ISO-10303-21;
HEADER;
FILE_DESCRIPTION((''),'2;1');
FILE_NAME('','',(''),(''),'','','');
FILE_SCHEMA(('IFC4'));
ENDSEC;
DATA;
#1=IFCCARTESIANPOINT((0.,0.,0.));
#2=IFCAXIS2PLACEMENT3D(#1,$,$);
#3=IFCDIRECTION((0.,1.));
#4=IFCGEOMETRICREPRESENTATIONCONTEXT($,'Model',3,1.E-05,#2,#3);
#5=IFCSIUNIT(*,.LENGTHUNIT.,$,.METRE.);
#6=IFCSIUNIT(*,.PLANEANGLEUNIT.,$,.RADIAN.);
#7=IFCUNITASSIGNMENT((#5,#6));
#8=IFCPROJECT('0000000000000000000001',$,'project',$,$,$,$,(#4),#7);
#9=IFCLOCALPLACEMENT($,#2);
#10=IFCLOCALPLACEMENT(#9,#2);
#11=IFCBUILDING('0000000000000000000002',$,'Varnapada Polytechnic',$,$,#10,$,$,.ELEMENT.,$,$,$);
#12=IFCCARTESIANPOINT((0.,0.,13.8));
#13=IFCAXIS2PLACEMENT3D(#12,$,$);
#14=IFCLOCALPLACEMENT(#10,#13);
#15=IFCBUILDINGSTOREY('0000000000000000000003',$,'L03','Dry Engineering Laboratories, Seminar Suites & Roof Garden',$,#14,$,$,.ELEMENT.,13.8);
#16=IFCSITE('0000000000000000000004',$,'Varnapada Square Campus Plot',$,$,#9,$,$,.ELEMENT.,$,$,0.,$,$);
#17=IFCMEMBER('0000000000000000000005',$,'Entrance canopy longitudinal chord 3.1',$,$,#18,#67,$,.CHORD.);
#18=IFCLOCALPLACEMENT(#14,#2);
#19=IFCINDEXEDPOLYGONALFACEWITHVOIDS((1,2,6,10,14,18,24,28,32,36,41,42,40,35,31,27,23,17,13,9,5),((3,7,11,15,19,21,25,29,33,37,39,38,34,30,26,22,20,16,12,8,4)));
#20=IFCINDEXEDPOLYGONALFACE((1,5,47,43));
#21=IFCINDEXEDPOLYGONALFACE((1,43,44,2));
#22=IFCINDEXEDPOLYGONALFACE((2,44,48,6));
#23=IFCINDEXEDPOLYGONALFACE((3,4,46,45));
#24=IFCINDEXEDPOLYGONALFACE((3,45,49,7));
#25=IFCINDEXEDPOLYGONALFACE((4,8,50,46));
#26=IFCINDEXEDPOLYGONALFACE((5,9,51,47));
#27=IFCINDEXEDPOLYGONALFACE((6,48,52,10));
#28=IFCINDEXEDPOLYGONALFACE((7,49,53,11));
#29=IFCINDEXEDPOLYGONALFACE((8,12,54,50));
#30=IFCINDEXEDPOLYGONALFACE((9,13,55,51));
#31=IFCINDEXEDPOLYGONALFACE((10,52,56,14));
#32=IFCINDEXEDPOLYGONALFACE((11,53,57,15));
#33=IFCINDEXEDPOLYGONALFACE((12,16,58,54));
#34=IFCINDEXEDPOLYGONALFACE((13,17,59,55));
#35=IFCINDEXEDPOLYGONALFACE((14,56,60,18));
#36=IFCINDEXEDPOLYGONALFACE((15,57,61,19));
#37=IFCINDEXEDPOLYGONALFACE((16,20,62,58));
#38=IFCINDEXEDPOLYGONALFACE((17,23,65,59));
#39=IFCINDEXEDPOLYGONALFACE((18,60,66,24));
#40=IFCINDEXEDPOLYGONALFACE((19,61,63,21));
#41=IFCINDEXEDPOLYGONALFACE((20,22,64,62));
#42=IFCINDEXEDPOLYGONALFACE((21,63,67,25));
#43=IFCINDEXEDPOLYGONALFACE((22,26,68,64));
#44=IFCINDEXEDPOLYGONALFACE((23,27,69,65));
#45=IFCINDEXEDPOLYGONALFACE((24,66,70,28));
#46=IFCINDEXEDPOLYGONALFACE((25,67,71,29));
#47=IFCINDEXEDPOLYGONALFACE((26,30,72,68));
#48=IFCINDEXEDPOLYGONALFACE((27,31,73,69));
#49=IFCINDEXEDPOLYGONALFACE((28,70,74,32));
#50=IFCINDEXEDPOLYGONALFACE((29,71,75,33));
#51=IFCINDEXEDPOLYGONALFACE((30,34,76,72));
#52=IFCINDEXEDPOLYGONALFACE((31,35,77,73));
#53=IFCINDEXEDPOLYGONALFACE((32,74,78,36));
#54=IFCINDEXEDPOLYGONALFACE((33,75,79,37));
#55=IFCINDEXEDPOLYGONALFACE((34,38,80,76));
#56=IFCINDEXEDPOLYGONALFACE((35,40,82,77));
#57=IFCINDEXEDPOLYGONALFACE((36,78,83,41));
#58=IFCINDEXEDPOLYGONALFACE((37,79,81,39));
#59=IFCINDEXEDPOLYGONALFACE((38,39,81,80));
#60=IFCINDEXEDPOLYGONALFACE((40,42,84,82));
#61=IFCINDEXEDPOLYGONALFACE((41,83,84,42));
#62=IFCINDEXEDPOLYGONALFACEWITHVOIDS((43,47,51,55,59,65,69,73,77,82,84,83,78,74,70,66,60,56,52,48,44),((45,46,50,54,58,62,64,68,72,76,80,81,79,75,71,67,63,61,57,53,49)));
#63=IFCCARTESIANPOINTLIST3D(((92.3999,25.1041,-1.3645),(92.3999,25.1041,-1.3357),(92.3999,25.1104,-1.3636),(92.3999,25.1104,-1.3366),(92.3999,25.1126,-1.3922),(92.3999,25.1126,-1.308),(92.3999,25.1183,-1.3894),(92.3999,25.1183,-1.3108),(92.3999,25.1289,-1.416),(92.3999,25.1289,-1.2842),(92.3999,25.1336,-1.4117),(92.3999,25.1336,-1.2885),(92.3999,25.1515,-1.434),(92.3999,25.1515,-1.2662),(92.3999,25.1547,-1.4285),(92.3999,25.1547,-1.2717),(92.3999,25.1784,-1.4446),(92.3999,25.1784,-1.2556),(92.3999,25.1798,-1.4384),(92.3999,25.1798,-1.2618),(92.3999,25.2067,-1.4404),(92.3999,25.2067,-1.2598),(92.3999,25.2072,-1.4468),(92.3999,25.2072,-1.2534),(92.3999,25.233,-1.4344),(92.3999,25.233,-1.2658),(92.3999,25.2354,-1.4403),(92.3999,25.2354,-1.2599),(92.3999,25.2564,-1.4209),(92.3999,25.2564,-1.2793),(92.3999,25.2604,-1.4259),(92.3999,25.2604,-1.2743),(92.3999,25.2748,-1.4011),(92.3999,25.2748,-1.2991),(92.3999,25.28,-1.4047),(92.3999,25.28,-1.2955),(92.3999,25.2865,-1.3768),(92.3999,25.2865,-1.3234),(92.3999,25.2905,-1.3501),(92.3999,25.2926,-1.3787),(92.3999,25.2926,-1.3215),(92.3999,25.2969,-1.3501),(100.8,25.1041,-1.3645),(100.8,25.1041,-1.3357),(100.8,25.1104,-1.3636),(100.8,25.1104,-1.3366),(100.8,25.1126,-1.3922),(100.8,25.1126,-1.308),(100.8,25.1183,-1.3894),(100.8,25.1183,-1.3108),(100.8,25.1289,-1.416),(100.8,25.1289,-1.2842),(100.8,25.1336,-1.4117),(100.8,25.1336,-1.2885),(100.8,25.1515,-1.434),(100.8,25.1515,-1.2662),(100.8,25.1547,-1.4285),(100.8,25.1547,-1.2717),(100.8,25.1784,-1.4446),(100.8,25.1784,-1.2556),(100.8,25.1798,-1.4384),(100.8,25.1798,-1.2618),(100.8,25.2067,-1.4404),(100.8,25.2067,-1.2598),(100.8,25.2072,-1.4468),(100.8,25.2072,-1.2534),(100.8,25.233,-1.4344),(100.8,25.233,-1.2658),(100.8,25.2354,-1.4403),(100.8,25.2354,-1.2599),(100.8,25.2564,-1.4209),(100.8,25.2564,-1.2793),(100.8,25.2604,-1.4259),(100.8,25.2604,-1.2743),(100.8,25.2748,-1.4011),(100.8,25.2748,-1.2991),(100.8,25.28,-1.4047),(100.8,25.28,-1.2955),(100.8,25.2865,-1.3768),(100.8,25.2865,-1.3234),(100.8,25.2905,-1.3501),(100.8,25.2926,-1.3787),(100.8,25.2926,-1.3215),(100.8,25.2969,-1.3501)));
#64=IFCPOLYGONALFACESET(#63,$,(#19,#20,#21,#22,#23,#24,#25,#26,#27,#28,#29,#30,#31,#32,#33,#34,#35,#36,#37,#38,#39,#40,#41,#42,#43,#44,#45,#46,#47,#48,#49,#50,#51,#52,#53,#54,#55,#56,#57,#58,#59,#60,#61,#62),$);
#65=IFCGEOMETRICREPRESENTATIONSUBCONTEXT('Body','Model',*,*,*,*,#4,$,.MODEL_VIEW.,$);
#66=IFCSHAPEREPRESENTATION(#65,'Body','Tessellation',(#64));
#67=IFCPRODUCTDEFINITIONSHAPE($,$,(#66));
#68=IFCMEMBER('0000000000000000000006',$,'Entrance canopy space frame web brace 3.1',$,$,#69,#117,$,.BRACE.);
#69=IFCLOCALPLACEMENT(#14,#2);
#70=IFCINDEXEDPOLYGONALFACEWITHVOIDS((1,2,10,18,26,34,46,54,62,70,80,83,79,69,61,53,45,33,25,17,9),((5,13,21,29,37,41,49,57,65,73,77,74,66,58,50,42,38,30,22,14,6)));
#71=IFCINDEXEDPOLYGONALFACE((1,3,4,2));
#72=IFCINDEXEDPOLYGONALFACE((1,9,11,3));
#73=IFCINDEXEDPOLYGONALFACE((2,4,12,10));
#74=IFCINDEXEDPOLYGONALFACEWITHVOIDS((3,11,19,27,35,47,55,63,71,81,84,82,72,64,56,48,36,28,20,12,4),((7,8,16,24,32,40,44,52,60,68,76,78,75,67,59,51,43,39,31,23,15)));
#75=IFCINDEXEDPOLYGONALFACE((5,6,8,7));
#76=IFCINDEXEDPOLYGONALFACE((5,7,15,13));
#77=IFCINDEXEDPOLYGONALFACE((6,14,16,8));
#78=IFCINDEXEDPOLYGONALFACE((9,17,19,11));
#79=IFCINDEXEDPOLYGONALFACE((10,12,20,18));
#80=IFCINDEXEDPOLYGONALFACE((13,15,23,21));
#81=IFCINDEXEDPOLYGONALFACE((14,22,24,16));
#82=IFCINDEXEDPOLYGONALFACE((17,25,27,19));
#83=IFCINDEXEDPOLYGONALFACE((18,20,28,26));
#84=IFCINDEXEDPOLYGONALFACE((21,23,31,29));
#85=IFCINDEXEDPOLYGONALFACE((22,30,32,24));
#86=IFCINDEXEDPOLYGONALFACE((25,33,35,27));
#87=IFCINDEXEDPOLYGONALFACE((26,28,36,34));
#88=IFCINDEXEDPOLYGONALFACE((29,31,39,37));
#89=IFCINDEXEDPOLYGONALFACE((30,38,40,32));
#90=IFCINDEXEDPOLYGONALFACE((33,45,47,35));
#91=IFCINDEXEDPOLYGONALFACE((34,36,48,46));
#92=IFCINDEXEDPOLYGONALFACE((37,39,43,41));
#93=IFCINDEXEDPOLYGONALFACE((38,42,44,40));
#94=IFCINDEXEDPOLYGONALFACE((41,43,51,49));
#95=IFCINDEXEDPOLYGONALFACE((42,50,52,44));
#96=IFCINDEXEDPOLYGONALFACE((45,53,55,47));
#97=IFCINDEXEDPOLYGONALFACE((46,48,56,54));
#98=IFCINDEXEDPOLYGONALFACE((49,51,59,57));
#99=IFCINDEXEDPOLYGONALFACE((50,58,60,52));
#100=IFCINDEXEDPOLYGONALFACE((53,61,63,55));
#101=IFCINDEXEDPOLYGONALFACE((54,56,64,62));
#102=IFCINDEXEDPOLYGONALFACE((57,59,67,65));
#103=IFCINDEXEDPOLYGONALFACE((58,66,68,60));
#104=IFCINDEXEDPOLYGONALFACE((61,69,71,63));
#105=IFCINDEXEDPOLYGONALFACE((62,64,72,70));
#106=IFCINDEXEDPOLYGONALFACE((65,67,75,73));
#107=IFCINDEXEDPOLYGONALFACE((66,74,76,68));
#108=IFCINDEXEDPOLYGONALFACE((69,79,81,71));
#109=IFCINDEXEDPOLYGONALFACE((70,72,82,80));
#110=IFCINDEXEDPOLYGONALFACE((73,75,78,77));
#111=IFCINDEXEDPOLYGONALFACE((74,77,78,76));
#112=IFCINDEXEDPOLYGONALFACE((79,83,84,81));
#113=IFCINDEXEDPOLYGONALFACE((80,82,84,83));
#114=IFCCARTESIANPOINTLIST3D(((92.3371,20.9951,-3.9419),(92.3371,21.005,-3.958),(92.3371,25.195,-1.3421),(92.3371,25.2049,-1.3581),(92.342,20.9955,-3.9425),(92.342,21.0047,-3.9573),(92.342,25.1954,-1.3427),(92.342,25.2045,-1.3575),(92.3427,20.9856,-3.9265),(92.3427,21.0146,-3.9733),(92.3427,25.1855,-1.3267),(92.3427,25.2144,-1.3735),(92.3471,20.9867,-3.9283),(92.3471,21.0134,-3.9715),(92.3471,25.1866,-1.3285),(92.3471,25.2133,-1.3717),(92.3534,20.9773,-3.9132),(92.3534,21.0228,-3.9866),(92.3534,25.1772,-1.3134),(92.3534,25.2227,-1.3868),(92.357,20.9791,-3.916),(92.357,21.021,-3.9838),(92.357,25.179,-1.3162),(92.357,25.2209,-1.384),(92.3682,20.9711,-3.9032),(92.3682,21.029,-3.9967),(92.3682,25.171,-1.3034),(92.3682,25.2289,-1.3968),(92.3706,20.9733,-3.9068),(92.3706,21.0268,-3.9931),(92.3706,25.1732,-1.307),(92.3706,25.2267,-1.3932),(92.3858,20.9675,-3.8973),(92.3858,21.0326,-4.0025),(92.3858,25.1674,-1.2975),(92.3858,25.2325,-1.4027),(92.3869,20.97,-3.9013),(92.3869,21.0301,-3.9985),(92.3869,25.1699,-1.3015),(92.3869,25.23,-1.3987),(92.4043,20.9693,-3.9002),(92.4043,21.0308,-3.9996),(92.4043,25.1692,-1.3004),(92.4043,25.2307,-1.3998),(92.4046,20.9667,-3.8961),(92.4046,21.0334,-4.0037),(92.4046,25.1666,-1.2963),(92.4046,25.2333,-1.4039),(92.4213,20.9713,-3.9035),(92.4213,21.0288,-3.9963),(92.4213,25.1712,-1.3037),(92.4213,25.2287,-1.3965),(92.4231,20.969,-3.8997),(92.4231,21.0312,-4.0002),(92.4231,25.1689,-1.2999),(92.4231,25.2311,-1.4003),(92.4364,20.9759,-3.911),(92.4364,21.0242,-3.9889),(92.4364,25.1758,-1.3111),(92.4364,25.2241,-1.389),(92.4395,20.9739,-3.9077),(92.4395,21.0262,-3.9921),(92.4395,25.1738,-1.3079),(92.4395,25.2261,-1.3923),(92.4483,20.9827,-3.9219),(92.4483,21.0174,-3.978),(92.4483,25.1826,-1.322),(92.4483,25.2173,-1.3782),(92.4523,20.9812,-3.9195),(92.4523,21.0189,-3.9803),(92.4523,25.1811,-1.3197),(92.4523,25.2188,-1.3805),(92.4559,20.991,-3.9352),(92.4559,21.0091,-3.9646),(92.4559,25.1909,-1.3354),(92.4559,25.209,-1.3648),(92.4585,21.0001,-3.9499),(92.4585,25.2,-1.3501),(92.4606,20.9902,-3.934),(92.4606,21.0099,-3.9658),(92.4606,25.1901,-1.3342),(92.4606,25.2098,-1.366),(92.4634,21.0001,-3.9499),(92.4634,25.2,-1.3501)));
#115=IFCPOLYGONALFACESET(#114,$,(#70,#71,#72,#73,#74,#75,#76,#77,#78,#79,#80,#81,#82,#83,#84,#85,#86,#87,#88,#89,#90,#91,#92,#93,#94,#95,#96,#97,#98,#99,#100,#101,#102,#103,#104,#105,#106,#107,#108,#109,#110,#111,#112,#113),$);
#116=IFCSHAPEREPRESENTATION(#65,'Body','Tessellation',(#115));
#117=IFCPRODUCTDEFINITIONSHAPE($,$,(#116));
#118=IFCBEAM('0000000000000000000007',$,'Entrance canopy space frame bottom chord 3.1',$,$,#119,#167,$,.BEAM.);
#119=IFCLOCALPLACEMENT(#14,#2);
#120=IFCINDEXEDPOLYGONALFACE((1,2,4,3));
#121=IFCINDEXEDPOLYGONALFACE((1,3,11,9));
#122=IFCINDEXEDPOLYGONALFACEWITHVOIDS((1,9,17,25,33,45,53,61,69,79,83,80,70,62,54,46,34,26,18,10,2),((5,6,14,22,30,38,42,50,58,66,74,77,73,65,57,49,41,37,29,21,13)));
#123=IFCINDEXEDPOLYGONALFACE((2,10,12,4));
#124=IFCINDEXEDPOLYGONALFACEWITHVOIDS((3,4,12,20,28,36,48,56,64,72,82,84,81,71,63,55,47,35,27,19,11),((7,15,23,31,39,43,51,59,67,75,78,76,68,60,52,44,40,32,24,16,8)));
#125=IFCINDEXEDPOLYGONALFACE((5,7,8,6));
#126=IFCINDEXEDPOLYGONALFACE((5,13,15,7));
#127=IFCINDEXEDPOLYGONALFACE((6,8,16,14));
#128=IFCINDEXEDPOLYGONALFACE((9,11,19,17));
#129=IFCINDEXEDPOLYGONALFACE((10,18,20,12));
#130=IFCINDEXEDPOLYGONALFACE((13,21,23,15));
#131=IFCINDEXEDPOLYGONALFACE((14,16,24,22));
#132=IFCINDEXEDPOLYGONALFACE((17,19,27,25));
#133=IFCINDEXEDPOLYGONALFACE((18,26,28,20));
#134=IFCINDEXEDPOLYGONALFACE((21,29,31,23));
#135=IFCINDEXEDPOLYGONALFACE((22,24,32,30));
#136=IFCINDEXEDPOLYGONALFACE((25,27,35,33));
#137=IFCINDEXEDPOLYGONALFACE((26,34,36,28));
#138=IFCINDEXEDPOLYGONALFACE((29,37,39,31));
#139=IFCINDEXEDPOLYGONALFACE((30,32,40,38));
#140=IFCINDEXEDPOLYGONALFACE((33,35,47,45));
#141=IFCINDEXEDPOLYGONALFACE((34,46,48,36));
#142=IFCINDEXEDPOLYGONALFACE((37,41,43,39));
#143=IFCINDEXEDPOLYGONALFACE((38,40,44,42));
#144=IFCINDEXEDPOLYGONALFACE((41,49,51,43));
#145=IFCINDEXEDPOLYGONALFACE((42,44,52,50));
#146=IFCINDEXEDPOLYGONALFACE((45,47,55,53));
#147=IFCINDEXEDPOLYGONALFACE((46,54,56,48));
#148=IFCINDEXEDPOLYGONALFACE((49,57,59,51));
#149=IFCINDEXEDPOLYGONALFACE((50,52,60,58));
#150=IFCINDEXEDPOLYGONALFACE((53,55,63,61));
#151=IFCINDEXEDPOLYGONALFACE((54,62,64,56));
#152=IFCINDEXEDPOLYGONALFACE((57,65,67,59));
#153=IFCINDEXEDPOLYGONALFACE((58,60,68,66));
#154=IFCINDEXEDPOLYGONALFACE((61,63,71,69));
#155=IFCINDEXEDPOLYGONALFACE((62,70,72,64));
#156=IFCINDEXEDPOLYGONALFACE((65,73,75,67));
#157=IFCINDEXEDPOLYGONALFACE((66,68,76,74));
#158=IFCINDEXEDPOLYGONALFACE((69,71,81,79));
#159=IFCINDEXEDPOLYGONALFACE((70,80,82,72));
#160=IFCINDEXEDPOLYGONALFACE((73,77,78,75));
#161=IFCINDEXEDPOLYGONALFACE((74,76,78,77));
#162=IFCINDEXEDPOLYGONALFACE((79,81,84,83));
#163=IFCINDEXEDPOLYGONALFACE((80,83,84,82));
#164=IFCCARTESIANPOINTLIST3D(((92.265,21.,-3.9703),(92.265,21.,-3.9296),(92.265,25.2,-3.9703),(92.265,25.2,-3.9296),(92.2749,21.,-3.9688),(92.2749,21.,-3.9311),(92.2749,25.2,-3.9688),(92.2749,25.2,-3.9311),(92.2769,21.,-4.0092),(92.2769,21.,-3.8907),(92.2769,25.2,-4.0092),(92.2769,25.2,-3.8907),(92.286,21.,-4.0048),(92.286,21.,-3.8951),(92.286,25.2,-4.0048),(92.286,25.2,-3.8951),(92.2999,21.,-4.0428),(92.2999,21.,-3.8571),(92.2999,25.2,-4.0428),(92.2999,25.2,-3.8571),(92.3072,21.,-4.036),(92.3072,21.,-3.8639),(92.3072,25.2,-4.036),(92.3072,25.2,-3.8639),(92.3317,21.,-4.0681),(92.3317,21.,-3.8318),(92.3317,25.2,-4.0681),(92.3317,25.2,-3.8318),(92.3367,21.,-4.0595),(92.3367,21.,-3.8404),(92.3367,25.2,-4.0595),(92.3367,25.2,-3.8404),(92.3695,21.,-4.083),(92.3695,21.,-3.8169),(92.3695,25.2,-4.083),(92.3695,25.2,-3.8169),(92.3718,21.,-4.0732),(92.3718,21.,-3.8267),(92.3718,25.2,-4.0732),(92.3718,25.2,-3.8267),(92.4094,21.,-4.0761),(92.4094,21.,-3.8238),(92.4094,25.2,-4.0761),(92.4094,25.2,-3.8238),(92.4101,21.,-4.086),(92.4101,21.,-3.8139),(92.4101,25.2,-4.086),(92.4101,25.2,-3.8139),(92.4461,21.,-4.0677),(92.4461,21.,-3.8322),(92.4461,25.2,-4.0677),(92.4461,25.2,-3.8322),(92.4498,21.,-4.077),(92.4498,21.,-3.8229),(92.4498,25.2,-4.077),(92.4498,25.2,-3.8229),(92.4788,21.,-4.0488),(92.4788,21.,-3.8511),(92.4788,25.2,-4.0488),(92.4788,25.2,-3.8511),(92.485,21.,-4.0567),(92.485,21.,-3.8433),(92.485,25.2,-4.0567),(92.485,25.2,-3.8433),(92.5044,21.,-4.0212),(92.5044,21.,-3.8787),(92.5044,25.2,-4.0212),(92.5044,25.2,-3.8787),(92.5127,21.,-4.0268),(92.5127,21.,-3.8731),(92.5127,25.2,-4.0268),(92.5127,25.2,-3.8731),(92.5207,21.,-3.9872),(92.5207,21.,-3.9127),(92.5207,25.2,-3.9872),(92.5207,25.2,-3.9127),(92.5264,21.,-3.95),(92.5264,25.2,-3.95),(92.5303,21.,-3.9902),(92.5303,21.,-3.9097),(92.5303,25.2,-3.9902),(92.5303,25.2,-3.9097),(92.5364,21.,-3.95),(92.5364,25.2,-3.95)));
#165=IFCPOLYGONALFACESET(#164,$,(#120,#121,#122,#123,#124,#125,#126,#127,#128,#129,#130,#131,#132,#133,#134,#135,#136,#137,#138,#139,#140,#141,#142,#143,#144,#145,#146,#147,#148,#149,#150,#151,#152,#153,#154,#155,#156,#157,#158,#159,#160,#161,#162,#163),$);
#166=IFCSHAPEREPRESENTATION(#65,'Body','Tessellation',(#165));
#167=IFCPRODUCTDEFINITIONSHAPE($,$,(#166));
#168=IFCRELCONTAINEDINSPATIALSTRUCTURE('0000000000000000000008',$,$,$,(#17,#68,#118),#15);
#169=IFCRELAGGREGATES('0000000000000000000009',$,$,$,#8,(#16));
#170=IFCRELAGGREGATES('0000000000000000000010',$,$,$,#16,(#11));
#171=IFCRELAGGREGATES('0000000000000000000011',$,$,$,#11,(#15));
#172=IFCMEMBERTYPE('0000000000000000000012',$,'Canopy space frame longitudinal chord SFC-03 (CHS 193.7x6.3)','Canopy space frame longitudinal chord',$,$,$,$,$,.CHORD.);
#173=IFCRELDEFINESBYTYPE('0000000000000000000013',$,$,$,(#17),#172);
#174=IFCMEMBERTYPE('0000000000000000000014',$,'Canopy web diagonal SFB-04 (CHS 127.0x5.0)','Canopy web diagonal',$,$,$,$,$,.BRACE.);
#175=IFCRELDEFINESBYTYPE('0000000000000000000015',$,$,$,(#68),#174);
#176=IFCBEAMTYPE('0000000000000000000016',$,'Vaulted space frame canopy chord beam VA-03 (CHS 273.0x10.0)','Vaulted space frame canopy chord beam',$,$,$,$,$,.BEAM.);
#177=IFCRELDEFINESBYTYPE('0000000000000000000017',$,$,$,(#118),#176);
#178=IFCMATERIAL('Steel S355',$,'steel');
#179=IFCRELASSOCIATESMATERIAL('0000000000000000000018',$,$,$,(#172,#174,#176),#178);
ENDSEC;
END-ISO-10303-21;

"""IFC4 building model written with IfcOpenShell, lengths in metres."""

from ifc_helpers import new_model, si_unit, direction, frame, origin, origin_2d, place, context, subcontext, project, spatial, hollow_circle, extrude, material, material_profile, profile_set, type_object, element, save


model = new_model("IFC4")

# Units and contexts
model_context = context("Model", 3, precision=1e-05, world=origin(), true_north=direction((0.0, 1.0)))
body_context = subcontext(model_context, "Body", "Model", "MODEL_VIEW")
ifc_project = project(units=[si_unit("LENGTHUNIT", "METRE"), si_unit("PLANEANGLEUNIT", "RADIAN")], contexts=[model_context])

# Site, building, storey
site_placement = place(None, origin())
site = spatial("IfcSite", under=ifc_project, at=site_placement, Name="Varnapada Square Campus Plot", CompositionType="ELEMENT", RefElevation=0.0)
building_placement = place(site_placement, origin())
building = spatial("IfcBuilding", under=site, at=building_placement, Name="Varnapada Polytechnic", CompositionType="ELEMENT")
storey_placement = place(building_placement, frame((0.0, 0.0, 13.8)))
storey = spatial("IfcBuildingStorey", under=building, at=storey_placement, Name="L03", Description="Dry Engineering Laboratories, Seminar Suites & Roof Garden", CompositionType="ELEMENT", Elevation=13.8)

# Members
ifc_material_1 = material(Name="Steel S355", Category="steel")
ifc_material_profile_1 = material_profile(ifc_material_1, hollow_circle(Radius=0.0969, WallThickness=0.0063, at=origin_2d()), Name="CHS 193.7x6.3")
ifc_profile_set_1 = profile_set([ifc_material_profile_1], Name="Steel S355")
member_type_1 = type_object("IfcMemberType", Name="Canopy space frame longitudinal chord SFC-03 (CHS 193.7x6.3)", Description="Canopy space frame longitudinal chord", PredefinedType="CHORD", material=ifc_profile_set_1)
member_1_placement = place(storey_placement, frame((92.3999, 25.2, -1.3501), z_axis=(1.0, 0.0, 0.0), x_axis=(0.0, 1.0, 0.0)))
element("IfcMember", 1, at=member_1_placement, inside=storey, type_object=member_type_1, Name="Entrance canopy longitudinal chord 3.1", PredefinedType="CHORD", context=body_context, shape_type="SweptSolid", body=[
    extrude(hollow_circle(Radius=0.0969, WallThickness=0.0063, at=origin_2d()), origin(), (0.0, 0.0, 1.0), 8.4001),
])
ifc_material_profile_2 = material_profile(ifc_material_1, hollow_circle(Radius=0.0635, WallThickness=0.0049, at=origin_2d()), Name="CHS 127.0x5.0")
ifc_profile_set_2 = profile_set([ifc_material_profile_2], Name="Steel S355")
member_type_2 = type_object("IfcMemberType", Name="Canopy web diagonal SFB-04 (CHS 127.0x5.0)", Description="Canopy web diagonal", PredefinedType="BRACE", material=ifc_profile_set_2)
member_2_placement = place(storey_placement, frame((92.3999, 25.2, -1.3501), z_axis=(0.0, -0.850276, -0.526338), x_axis=(1.0, 0.0, 0.0)))
element("IfcMember", 2, at=member_2_placement, inside=storey, type_object=member_type_2, Name="Entrance canopy space frame web brace 3.1", PredefinedType="BRACE", context=body_context, shape_type="SweptSolid", body=[
    extrude(hollow_circle(Radius=0.0635, WallThickness=0.0049, at=origin_2d()), origin(), (0.0, 0.0, 1.0), 4.9395),
])

# Beam
ifc_material_profile_3 = material_profile(ifc_material_1, hollow_circle(Radius=0.1365, WallThickness=0.01, at=origin_2d()), Name="CHS 273.0x10.0")
ifc_profile_set_3 = profile_set([ifc_material_profile_3], Name="Steel S355")
beam_type = type_object("IfcBeamType", Name="Vaulted space frame canopy chord beam VA-03 (CHS 273.0x10.0)", Description="Vaulted space frame canopy chord beam", PredefinedType="BEAM", material=ifc_profile_set_3)
for number, where, z_axis, x_axis, name in (
    (3, (92.3999, 25.2, -3.95), (0.0, -1.0, 0.0), (1.0, 0.0, 0.0), "Entrance canopy space frame bottom chord 3.1"),
):
    element("IfcBeam", number, at=place(storey_placement, frame(where, z_axis=z_axis, x_axis=x_axis)), inside=storey, type_object=beam_type, Name=name, PredefinedType="BEAM", context=body_context, shape_type="SweptSolid", body=[
        extrude(hollow_circle(Radius=0.1365, WallThickness=0.01, at=origin_2d()), origin(), (0.0, 0.0, 1.0), 4.2),
    ])

save(model, "model.ifc")
